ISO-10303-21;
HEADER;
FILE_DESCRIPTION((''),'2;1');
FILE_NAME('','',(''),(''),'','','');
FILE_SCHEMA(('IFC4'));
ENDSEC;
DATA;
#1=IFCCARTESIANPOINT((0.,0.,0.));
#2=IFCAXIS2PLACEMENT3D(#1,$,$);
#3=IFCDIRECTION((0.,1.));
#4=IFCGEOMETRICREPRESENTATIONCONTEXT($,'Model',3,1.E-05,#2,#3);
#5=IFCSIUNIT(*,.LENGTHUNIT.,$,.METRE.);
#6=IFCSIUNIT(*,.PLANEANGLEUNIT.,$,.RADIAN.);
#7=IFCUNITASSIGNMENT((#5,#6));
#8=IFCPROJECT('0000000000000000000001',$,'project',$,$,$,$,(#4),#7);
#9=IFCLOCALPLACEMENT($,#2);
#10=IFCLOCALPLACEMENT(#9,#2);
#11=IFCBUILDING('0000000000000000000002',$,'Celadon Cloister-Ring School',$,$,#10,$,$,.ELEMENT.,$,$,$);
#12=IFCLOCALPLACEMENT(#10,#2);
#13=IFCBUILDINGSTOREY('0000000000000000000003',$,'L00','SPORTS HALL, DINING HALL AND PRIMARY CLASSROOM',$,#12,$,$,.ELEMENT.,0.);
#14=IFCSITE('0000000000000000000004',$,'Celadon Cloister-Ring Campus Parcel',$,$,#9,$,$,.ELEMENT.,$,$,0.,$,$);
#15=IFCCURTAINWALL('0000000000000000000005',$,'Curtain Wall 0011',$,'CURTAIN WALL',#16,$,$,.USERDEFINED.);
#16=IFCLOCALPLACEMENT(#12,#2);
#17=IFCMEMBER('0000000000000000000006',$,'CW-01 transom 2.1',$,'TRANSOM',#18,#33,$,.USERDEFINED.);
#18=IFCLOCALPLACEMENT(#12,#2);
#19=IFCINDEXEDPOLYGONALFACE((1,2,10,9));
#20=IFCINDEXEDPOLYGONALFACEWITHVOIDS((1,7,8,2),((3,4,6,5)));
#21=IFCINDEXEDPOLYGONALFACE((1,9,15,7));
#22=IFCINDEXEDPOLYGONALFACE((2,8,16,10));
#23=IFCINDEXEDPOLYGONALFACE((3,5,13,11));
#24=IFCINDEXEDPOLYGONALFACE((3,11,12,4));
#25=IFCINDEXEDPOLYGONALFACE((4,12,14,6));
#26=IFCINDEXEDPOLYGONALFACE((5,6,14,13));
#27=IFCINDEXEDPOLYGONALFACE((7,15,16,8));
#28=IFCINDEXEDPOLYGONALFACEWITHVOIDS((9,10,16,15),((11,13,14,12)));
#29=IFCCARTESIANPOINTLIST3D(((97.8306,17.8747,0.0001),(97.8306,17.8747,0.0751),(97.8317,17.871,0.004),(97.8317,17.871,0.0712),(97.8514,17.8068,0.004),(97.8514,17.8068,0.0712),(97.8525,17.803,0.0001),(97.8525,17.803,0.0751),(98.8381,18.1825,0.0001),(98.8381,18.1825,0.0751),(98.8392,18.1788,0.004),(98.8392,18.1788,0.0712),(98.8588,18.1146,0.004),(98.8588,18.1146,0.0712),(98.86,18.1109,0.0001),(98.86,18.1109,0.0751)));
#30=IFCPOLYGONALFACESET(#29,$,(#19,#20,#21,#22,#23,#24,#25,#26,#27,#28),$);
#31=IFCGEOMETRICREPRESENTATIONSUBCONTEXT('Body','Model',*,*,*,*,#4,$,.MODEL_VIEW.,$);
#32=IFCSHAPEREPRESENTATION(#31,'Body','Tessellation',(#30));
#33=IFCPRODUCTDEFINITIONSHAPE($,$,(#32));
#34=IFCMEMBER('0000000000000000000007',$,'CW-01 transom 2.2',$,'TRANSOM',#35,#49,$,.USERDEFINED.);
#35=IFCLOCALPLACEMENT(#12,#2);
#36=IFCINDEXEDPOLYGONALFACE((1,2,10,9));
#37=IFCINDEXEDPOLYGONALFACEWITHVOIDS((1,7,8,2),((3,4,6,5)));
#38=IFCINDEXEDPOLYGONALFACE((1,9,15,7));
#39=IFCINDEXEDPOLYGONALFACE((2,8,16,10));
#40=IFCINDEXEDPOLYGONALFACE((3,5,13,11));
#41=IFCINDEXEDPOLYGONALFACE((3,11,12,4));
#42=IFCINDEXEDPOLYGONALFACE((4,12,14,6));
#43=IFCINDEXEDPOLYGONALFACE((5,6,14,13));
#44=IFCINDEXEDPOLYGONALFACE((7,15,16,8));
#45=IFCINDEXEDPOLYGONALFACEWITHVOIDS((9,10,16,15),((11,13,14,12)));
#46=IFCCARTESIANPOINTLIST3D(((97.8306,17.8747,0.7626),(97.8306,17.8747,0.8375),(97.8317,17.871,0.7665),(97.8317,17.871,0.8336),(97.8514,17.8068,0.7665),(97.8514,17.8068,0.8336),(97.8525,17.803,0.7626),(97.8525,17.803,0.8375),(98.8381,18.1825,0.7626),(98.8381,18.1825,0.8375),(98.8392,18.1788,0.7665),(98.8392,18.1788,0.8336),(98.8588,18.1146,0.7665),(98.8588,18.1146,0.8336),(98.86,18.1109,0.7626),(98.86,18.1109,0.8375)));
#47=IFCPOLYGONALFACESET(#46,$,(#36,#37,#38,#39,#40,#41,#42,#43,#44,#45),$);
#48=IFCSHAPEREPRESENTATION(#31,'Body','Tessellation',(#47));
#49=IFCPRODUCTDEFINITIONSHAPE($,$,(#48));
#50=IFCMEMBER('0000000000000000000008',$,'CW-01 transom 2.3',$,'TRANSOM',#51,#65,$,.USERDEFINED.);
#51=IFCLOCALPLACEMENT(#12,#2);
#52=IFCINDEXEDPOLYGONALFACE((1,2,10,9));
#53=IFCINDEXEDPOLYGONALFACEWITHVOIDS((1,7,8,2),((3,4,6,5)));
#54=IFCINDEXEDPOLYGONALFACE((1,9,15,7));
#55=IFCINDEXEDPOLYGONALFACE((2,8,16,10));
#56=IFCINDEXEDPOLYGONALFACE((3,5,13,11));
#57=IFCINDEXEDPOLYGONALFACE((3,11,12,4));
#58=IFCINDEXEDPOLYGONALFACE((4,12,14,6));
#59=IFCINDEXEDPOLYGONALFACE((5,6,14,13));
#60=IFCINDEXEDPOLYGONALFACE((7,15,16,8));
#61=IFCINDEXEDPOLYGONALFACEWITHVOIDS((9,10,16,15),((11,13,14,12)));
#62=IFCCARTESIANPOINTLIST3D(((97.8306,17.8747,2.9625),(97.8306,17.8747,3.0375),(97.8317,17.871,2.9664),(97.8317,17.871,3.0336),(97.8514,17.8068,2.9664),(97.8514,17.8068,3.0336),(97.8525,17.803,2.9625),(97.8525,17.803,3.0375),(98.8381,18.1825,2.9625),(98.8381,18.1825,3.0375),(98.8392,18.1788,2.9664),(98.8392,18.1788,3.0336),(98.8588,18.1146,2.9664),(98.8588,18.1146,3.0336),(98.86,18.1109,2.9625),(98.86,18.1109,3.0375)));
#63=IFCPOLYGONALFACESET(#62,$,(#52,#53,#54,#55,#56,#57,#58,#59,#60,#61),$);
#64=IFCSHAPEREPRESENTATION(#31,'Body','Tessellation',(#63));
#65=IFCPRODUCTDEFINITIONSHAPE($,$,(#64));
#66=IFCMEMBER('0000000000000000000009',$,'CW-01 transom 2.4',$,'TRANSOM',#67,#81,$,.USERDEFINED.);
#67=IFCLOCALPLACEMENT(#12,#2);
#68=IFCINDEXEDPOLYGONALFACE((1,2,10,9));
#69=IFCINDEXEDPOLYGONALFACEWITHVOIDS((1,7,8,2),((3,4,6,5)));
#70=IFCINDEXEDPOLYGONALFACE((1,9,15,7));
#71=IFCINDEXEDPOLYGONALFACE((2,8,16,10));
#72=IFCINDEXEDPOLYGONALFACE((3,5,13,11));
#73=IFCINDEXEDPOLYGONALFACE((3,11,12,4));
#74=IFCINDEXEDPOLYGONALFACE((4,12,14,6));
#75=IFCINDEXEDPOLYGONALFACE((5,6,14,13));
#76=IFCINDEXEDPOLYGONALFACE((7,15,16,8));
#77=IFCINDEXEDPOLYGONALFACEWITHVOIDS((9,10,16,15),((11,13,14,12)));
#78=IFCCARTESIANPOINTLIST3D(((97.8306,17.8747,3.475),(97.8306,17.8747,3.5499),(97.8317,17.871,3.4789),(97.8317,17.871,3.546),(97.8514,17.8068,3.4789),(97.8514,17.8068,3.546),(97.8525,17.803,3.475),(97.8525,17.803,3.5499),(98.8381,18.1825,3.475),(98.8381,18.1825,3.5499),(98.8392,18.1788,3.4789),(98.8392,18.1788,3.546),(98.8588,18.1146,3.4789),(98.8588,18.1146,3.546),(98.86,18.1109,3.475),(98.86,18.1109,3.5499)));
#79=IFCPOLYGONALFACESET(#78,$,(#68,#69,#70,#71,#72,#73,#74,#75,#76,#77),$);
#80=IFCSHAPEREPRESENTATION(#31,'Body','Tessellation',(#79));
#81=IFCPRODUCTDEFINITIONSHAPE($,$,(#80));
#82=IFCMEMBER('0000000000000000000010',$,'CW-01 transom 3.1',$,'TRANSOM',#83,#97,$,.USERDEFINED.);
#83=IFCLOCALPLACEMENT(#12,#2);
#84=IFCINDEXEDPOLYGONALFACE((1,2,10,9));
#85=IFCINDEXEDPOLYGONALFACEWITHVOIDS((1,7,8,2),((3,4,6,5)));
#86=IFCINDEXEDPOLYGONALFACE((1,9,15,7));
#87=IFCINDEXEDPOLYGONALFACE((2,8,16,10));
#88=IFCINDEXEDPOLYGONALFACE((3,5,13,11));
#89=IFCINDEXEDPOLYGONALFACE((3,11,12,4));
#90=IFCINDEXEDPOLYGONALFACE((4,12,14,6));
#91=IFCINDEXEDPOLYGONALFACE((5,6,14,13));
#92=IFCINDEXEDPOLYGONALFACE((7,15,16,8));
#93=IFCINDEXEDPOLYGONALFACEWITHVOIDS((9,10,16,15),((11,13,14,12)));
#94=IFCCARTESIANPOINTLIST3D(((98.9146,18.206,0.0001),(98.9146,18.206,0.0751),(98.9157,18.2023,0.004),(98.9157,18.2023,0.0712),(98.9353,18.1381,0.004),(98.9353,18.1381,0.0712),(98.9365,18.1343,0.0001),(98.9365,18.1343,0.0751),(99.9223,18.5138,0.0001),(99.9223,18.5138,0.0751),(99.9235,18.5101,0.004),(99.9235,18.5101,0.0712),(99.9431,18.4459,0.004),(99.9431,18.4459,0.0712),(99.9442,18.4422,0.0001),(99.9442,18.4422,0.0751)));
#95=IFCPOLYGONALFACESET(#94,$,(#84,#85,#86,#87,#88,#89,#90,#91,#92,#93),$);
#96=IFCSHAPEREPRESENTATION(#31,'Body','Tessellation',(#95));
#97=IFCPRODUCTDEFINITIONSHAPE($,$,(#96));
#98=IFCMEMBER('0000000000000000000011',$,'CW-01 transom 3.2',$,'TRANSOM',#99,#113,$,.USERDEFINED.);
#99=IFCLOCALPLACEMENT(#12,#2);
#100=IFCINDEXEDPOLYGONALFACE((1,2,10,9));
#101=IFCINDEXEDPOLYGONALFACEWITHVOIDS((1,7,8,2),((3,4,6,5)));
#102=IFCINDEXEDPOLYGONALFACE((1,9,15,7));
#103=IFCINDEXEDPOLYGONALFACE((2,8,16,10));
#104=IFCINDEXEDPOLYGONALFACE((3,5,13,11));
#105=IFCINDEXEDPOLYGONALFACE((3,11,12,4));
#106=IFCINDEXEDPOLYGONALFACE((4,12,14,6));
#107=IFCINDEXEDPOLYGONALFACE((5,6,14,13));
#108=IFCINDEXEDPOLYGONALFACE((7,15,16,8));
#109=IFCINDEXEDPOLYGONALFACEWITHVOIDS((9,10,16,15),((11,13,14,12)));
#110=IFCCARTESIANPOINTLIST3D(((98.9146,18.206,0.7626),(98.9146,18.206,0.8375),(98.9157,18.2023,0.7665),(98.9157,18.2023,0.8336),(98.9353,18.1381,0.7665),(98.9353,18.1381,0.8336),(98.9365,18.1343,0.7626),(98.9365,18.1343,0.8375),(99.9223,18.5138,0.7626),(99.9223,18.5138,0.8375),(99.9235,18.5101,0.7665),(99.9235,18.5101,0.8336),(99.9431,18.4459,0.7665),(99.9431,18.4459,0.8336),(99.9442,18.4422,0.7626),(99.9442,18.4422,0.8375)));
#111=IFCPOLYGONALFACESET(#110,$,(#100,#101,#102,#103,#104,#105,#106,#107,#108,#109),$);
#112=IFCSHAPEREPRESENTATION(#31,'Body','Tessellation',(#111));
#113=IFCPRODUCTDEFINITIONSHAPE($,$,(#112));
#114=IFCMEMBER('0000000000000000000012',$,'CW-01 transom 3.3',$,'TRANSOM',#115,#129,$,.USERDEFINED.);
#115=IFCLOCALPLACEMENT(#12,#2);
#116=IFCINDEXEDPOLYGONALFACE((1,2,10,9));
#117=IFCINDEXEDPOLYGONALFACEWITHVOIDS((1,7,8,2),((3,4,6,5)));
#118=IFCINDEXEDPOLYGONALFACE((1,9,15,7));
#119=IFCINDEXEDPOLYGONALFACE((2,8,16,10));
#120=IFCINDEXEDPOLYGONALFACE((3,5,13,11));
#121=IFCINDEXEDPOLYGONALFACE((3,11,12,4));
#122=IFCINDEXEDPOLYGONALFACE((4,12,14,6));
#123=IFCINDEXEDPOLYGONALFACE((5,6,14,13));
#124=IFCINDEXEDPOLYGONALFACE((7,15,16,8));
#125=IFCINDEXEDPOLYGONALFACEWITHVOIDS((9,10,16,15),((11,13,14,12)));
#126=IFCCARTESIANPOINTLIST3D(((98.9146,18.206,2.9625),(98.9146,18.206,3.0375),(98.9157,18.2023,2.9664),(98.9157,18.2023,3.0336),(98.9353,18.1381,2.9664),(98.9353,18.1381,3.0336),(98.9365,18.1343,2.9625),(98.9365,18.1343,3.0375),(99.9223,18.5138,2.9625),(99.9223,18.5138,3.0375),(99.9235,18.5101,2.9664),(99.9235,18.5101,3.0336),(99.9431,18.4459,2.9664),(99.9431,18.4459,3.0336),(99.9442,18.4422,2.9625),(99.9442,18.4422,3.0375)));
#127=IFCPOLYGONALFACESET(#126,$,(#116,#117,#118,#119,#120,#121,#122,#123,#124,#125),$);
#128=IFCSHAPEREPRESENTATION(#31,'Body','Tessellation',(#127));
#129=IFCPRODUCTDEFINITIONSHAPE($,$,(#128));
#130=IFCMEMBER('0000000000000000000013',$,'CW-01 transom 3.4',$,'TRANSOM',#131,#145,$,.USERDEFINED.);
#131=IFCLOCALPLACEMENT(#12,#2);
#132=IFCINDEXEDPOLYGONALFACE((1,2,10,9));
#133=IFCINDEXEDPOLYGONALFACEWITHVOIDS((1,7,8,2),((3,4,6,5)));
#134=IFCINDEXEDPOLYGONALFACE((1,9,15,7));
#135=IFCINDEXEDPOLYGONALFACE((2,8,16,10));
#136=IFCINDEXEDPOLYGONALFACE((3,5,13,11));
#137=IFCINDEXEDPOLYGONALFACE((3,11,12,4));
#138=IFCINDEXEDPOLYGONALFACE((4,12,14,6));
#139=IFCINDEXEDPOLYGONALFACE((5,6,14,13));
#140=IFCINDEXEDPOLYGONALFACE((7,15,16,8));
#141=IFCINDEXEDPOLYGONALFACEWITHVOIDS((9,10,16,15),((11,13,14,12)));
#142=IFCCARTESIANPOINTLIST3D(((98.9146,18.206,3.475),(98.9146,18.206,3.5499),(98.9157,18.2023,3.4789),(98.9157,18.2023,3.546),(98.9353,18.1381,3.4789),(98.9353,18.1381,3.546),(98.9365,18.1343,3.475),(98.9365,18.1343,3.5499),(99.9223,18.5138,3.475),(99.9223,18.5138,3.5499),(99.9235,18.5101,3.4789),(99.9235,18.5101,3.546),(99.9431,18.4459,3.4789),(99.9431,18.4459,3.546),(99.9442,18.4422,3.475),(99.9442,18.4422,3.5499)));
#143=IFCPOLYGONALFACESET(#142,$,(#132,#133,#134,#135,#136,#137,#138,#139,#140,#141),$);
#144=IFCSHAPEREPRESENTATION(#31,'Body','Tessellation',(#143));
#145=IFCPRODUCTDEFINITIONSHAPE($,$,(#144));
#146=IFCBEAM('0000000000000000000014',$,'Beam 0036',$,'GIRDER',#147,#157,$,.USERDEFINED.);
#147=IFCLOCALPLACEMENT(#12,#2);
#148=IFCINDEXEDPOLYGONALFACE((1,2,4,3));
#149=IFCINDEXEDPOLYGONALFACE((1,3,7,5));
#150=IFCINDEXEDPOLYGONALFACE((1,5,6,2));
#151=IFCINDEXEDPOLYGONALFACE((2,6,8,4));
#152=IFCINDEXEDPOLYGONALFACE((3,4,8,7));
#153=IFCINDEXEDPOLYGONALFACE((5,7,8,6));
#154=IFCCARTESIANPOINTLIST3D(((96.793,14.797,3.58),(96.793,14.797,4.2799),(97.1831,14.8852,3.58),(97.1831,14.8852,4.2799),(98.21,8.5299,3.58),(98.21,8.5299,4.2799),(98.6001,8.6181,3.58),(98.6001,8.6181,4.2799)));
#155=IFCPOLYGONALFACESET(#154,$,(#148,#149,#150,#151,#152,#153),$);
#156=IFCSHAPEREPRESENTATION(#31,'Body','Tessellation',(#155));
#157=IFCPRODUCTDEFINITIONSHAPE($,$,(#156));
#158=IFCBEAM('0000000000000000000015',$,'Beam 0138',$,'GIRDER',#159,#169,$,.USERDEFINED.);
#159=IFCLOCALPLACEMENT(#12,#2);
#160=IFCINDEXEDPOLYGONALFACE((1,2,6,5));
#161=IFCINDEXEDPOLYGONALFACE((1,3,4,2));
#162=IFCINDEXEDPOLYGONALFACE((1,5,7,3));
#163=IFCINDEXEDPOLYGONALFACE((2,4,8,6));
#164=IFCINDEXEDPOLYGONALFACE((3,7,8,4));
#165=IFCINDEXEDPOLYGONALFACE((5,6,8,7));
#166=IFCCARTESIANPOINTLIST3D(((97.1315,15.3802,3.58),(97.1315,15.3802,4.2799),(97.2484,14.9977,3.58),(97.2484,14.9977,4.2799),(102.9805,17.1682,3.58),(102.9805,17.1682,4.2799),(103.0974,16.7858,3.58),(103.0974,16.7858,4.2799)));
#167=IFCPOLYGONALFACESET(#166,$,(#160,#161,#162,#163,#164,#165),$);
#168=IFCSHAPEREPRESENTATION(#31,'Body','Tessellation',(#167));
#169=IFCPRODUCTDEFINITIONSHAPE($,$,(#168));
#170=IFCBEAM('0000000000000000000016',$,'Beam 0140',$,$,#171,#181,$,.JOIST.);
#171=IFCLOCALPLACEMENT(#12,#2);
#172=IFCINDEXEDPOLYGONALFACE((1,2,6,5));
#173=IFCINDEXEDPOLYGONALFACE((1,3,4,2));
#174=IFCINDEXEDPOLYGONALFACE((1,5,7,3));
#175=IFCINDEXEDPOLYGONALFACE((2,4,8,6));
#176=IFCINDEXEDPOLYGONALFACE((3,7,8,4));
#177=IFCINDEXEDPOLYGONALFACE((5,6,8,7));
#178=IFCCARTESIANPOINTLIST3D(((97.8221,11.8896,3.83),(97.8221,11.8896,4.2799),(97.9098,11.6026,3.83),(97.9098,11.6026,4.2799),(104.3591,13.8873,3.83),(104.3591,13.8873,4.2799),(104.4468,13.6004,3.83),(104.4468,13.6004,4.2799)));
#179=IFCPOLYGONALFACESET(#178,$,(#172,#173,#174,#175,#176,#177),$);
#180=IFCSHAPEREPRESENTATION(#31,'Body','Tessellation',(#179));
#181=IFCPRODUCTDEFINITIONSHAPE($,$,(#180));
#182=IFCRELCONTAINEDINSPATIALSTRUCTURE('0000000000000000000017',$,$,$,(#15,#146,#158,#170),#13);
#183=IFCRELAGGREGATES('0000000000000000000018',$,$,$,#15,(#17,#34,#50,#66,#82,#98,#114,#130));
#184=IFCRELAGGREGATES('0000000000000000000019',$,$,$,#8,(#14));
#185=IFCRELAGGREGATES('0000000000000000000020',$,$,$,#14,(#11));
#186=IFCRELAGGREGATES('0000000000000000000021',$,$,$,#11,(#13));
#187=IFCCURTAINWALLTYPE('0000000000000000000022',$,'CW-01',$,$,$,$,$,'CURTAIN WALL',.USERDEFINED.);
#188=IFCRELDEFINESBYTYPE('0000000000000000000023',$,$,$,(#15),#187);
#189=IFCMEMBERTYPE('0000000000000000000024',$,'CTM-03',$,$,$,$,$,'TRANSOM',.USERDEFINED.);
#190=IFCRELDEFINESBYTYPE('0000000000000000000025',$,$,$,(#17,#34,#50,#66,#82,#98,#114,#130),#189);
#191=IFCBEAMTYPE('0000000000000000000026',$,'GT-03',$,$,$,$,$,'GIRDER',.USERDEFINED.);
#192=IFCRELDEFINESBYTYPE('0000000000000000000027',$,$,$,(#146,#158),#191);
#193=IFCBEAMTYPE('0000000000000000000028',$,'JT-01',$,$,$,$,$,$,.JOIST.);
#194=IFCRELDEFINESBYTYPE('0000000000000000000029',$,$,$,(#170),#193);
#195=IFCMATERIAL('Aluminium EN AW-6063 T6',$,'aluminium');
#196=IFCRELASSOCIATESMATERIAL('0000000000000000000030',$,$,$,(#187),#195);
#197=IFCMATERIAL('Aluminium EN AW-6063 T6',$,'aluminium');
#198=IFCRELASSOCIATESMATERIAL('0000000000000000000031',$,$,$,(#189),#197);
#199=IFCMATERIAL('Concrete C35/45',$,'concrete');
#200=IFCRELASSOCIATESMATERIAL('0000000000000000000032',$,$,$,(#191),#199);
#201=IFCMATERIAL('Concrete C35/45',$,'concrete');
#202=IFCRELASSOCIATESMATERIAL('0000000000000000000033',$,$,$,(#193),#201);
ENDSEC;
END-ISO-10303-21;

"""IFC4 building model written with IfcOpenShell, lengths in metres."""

from ifc_helpers import new_model, si_unit, direction, frame, origin, origin_2d, place, context, subcontext, project, spatial, rectangle, hollow_rectangle, extrude, material, material_profile, profile_set, type_object, element, aggregate, save


model = new_model("IFC4")

# Units and contexts
model_context = context("Model", 3, precision=1e-05, world=origin(), true_north=direction((0.0, 1.0)))
body_context = subcontext(model_context, "Body", "Model", "MODEL_VIEW")
ifc_project = project(units=[si_unit("LENGTHUNIT", "METRE"), si_unit("PLANEANGLEUNIT", "RADIAN")], contexts=[model_context])

# Site, building, storey
site_placement = place(None, origin())
site = spatial("IfcSite", under=ifc_project, at=site_placement, Name="Celadon Cloister-Ring Campus Parcel", CompositionType="ELEMENT", RefElevation=0.0)
building_placement = place(site_placement, origin())
building = spatial("IfcBuilding", under=site, at=building_placement, Name="Celadon Cloister-Ring School", CompositionType="ELEMENT")
storey_placement = place(building_placement, origin())
storey = spatial("IfcBuildingStorey", under=building, at=storey_placement, Name="L00", Description="SPORTS HALL, DINING HALL AND PRIMARY CLASSROOM", CompositionType="ELEMENT", Elevation=0.0)

# Curtain wall, members
ifc_material_1 = material(Name="Aluminium EN AW-6063 T6", Category="aluminium")
curtain_wall_type = type_object("IfcCurtainWallType", Name="CW-01", ElementType="CURTAIN WALL", PredefinedType="USERDEFINED", material=ifc_material_1)
curtain_wall_placement = place(storey_placement, origin())
curtain_wall = element("IfcCurtainWall", 1, at=curtain_wall_placement, inside=storey, type_object=curtain_wall_type, Name="Curtain Wall 0011", ObjectType="CURTAIN WALL", PredefinedType="USERDEFINED")
ifc_material_2 = material(Name="Aluminium EN AW-6063 T6", Category="aluminium")
ifc_material_profile_1 = material_profile(ifc_material_2, hollow_rectangle(XDim=0.075, YDim=0.075, WallThickness=0.0039, at=origin_2d()), Name="RHS75X75X4")
ifc_profile_set_1 = profile_set([ifc_material_profile_1], Name="Aluminium EN AW-6063 T6")
member_type_1 = type_object("IfcMemberType", Name="CTM-03", ElementType="TRANSOM", PredefinedType="USERDEFINED", material=ifc_profile_set_1)
member_1_placement = place(storey_placement, frame((97.8416, 17.8389, 0.0376), z_axis=(0.956353, 0.292213, 0.0), x_axis=(-0.292213, 0.956353, 0.0)))
member_1 = element("IfcMember", 2, at=member_1_placement, type_object=member_type_1, Name="CW-01 transom 2.1", ObjectType="TRANSOM", PredefinedType="USERDEFINED", context=body_context, shape_type="SweptSolid", body=[
    extrude(hollow_rectangle(XDim=0.075, YDim=0.075, WallThickness=0.0039, at=origin_2d()), origin(), (0.0, 0.0, 1.0), 1.0535),
])
member_2_placement = place(storey_placement, frame((97.8416, 17.8389, 0.8), z_axis=(0.956353, 0.292213, 0.0), x_axis=(-0.292213, 0.956353, 0.0)))
member_2 = element("IfcMember", 3, at=member_2_placement, type_object=member_type_1, Name="CW-01 transom 2.2", ObjectType="TRANSOM", PredefinedType="USERDEFINED", context=body_context, shape_type="SweptSolid", body=[
    extrude(hollow_rectangle(XDim=0.075, YDim=0.075, WallThickness=0.0039, at=origin_2d()), origin(), (0.0, 0.0, 1.0), 1.0535),
])
member_3_placement = place(storey_placement, frame((97.8416, 17.8389, 3.0), z_axis=(0.956353, 0.292213, 0.0), x_axis=(-0.292213, 0.956353, 0.0)))
member_3 = element("IfcMember", 4, at=member_3_placement, type_object=member_type_1, Name="CW-01 transom 2.3", ObjectType="TRANSOM", PredefinedType="USERDEFINED", context=body_context, shape_type="SweptSolid", body=[
    extrude(hollow_rectangle(XDim=0.075, YDim=0.075, WallThickness=0.0039, at=origin_2d()), origin(), (0.0, 0.0, 1.0), 1.0535),
])
member_4_placement = place(storey_placement, frame((97.8416, 17.8389, 3.5125), z_axis=(0.956353, 0.292213, 0.0), x_axis=(-0.292213, 0.956353, 0.0)))
member_4 = element("IfcMember", 5, at=member_4_placement, type_object=member_type_1, Name="CW-01 transom 2.4", ObjectType="TRANSOM", PredefinedType="USERDEFINED", context=body_context, shape_type="SweptSolid", body=[
    extrude(hollow_rectangle(XDim=0.075, YDim=0.075, WallThickness=0.0039, at=origin_2d()), origin(), (0.0, 0.0, 1.0), 1.0535),
])
member_5_placement = place(storey_placement, frame((98.9255, 18.1702, 0.0376), z_axis=(0.956373, 0.292148, 0.0), x_axis=(-0.292148, 0.956373, 0.0)))
member_5 = element("IfcMember", 6, at=member_5_placement, type_object=member_type_1, Name="CW-01 transom 3.1", ObjectType="TRANSOM", PredefinedType="USERDEFINED", context=body_context, shape_type="SweptSolid", body=[
    extrude(hollow_rectangle(XDim=0.075, YDim=0.075, WallThickness=0.0039, at=origin_2d()), origin(), (0.0, 0.0, 1.0), 1.0537),
])
member_6_placement = place(storey_placement, frame((98.9255, 18.1702, 0.8), z_axis=(0.956373, 0.292148, 0.0), x_axis=(-0.292148, 0.956373, 0.0)))
member_6 = element("IfcMember", 7, at=member_6_placement, type_object=member_type_1, Name="CW-01 transom 3.2", ObjectType="TRANSOM", PredefinedType="USERDEFINED", context=body_context, shape_type="SweptSolid", body=[
    extrude(hollow_rectangle(XDim=0.075, YDim=0.075, WallThickness=0.0039, at=origin_2d()), origin(), (0.0, 0.0, 1.0), 1.0537),
])
member_7_placement = place(storey_placement, frame((98.9255, 18.1702, 3.0), z_axis=(0.956373, 0.292148, 0.0), x_axis=(-0.292148, 0.956373, 0.0)))
member_7 = element("IfcMember", 8, at=member_7_placement, type_object=member_type_1, Name="CW-01 transom 3.3", ObjectType="TRANSOM", PredefinedType="USERDEFINED", context=body_context, shape_type="SweptSolid", body=[
    extrude(hollow_rectangle(XDim=0.075, YDim=0.075, WallThickness=0.0039, at=origin_2d()), origin(), (0.0, 0.0, 1.0), 1.0537),
])
member_8_placement = place(storey_placement, frame((98.9255, 18.1702, 3.5125), z_axis=(0.956373, 0.292148, 0.0), x_axis=(-0.292148, 0.956373, 0.0)))
member_8 = element("IfcMember", 9, at=member_8_placement, type_object=member_type_1, Name="CW-01 transom 3.4", ObjectType="TRANSOM", PredefinedType="USERDEFINED", context=body_context, shape_type="SweptSolid", body=[
    extrude(hollow_rectangle(XDim=0.075, YDim=0.075, WallThickness=0.0039, at=origin_2d()), origin(), (0.0, 0.0, 1.0), 1.0537),
])

# Beams
ifc_material_3 = material(Name="Concrete C35/45", Category="concrete")
ifc_material_profile_2 = material_profile(ifc_material_3, rectangle(XDim=0.3999, YDim=0.7, at=origin_2d()), Name="RC400X700")
ifc_profile_set_2 = profile_set([ifc_material_profile_2], Name="Concrete C35/45")
beam_type_1 = type_object("IfcBeamType", Name="GT-03", ElementType="GIRDER", PredefinedType="USERDEFINED", material=ifc_profile_set_2)
beam_1_placement = place(storey_placement, frame((98.405, 8.574, 3.9299), z_axis=(-0.220534, 0.975379, 0.0), x_axis=(-0.975379, -0.220534, 0.0)))
element("IfcBeam", 10, at=beam_1_placement, inside=storey, type_object=beam_type_1, Name="Beam 0036", ObjectType="GIRDER", PredefinedType="USERDEFINED", context=body_context, shape_type="SweptSolid", body=[
    extrude(rectangle(XDim=0.3999, YDim=0.7, at=origin_2d()), origin(), (0.0, 0.0, 1.0), 6.4253),
])
beam_2_placement = place(storey_placement, frame((97.1899, 15.189, 3.9299), z_axis=(0.956313, 0.292346, 0.0), x_axis=(-0.292346, 0.956313, 0.0)))
element("IfcBeam", 11, at=beam_2_placement, inside=storey, type_object=beam_type_1, Name="Beam 0138", ObjectType="GIRDER", PredefinedType="USERDEFINED", context=body_context, shape_type="SweptSolid", body=[
    extrude(rectangle(XDim=0.3999, YDim=0.7, at=origin_2d()), origin(), (0.0, 0.0, 1.0), 6.1162),
])
ifc_material_4 = material(Name="Concrete C35/45", Category="concrete")
ifc_material_profile_3 = material_profile(ifc_material_4, rectangle(XDim=0.3, YDim=0.45, at=origin_2d()), Name="RC300X450")
ifc_profile_set_3 = profile_set([ifc_material_profile_3], Name="Concrete C35/45")
beam_type_2 = type_object("IfcBeamType", Name="JT-01", PredefinedType="JOIST", material=ifc_profile_set_3)
beam_3_placement = place(storey_placement, frame((97.866, 11.7461, 4.0549), z_axis=(0.956337, 0.292266, 0.0), x_axis=(-0.292266, 0.956337, 0.0)))
element("IfcBeam", 12, at=beam_3_placement, inside=storey, type_object=beam_type_2, Name="Beam 0140", PredefinedType="JOIST", context=body_context, shape_type="SweptSolid", body=[
    extrude(rectangle(XDim=0.3, YDim=0.45, at=origin_2d()), origin(), (0.0, 0.0, 1.0), 6.8354),
])

aggregate(curtain_wall, [member_1, member_2, member_3, member_4, member_5, member_6, member_7, member_8])

save(model, "model.ifc")
